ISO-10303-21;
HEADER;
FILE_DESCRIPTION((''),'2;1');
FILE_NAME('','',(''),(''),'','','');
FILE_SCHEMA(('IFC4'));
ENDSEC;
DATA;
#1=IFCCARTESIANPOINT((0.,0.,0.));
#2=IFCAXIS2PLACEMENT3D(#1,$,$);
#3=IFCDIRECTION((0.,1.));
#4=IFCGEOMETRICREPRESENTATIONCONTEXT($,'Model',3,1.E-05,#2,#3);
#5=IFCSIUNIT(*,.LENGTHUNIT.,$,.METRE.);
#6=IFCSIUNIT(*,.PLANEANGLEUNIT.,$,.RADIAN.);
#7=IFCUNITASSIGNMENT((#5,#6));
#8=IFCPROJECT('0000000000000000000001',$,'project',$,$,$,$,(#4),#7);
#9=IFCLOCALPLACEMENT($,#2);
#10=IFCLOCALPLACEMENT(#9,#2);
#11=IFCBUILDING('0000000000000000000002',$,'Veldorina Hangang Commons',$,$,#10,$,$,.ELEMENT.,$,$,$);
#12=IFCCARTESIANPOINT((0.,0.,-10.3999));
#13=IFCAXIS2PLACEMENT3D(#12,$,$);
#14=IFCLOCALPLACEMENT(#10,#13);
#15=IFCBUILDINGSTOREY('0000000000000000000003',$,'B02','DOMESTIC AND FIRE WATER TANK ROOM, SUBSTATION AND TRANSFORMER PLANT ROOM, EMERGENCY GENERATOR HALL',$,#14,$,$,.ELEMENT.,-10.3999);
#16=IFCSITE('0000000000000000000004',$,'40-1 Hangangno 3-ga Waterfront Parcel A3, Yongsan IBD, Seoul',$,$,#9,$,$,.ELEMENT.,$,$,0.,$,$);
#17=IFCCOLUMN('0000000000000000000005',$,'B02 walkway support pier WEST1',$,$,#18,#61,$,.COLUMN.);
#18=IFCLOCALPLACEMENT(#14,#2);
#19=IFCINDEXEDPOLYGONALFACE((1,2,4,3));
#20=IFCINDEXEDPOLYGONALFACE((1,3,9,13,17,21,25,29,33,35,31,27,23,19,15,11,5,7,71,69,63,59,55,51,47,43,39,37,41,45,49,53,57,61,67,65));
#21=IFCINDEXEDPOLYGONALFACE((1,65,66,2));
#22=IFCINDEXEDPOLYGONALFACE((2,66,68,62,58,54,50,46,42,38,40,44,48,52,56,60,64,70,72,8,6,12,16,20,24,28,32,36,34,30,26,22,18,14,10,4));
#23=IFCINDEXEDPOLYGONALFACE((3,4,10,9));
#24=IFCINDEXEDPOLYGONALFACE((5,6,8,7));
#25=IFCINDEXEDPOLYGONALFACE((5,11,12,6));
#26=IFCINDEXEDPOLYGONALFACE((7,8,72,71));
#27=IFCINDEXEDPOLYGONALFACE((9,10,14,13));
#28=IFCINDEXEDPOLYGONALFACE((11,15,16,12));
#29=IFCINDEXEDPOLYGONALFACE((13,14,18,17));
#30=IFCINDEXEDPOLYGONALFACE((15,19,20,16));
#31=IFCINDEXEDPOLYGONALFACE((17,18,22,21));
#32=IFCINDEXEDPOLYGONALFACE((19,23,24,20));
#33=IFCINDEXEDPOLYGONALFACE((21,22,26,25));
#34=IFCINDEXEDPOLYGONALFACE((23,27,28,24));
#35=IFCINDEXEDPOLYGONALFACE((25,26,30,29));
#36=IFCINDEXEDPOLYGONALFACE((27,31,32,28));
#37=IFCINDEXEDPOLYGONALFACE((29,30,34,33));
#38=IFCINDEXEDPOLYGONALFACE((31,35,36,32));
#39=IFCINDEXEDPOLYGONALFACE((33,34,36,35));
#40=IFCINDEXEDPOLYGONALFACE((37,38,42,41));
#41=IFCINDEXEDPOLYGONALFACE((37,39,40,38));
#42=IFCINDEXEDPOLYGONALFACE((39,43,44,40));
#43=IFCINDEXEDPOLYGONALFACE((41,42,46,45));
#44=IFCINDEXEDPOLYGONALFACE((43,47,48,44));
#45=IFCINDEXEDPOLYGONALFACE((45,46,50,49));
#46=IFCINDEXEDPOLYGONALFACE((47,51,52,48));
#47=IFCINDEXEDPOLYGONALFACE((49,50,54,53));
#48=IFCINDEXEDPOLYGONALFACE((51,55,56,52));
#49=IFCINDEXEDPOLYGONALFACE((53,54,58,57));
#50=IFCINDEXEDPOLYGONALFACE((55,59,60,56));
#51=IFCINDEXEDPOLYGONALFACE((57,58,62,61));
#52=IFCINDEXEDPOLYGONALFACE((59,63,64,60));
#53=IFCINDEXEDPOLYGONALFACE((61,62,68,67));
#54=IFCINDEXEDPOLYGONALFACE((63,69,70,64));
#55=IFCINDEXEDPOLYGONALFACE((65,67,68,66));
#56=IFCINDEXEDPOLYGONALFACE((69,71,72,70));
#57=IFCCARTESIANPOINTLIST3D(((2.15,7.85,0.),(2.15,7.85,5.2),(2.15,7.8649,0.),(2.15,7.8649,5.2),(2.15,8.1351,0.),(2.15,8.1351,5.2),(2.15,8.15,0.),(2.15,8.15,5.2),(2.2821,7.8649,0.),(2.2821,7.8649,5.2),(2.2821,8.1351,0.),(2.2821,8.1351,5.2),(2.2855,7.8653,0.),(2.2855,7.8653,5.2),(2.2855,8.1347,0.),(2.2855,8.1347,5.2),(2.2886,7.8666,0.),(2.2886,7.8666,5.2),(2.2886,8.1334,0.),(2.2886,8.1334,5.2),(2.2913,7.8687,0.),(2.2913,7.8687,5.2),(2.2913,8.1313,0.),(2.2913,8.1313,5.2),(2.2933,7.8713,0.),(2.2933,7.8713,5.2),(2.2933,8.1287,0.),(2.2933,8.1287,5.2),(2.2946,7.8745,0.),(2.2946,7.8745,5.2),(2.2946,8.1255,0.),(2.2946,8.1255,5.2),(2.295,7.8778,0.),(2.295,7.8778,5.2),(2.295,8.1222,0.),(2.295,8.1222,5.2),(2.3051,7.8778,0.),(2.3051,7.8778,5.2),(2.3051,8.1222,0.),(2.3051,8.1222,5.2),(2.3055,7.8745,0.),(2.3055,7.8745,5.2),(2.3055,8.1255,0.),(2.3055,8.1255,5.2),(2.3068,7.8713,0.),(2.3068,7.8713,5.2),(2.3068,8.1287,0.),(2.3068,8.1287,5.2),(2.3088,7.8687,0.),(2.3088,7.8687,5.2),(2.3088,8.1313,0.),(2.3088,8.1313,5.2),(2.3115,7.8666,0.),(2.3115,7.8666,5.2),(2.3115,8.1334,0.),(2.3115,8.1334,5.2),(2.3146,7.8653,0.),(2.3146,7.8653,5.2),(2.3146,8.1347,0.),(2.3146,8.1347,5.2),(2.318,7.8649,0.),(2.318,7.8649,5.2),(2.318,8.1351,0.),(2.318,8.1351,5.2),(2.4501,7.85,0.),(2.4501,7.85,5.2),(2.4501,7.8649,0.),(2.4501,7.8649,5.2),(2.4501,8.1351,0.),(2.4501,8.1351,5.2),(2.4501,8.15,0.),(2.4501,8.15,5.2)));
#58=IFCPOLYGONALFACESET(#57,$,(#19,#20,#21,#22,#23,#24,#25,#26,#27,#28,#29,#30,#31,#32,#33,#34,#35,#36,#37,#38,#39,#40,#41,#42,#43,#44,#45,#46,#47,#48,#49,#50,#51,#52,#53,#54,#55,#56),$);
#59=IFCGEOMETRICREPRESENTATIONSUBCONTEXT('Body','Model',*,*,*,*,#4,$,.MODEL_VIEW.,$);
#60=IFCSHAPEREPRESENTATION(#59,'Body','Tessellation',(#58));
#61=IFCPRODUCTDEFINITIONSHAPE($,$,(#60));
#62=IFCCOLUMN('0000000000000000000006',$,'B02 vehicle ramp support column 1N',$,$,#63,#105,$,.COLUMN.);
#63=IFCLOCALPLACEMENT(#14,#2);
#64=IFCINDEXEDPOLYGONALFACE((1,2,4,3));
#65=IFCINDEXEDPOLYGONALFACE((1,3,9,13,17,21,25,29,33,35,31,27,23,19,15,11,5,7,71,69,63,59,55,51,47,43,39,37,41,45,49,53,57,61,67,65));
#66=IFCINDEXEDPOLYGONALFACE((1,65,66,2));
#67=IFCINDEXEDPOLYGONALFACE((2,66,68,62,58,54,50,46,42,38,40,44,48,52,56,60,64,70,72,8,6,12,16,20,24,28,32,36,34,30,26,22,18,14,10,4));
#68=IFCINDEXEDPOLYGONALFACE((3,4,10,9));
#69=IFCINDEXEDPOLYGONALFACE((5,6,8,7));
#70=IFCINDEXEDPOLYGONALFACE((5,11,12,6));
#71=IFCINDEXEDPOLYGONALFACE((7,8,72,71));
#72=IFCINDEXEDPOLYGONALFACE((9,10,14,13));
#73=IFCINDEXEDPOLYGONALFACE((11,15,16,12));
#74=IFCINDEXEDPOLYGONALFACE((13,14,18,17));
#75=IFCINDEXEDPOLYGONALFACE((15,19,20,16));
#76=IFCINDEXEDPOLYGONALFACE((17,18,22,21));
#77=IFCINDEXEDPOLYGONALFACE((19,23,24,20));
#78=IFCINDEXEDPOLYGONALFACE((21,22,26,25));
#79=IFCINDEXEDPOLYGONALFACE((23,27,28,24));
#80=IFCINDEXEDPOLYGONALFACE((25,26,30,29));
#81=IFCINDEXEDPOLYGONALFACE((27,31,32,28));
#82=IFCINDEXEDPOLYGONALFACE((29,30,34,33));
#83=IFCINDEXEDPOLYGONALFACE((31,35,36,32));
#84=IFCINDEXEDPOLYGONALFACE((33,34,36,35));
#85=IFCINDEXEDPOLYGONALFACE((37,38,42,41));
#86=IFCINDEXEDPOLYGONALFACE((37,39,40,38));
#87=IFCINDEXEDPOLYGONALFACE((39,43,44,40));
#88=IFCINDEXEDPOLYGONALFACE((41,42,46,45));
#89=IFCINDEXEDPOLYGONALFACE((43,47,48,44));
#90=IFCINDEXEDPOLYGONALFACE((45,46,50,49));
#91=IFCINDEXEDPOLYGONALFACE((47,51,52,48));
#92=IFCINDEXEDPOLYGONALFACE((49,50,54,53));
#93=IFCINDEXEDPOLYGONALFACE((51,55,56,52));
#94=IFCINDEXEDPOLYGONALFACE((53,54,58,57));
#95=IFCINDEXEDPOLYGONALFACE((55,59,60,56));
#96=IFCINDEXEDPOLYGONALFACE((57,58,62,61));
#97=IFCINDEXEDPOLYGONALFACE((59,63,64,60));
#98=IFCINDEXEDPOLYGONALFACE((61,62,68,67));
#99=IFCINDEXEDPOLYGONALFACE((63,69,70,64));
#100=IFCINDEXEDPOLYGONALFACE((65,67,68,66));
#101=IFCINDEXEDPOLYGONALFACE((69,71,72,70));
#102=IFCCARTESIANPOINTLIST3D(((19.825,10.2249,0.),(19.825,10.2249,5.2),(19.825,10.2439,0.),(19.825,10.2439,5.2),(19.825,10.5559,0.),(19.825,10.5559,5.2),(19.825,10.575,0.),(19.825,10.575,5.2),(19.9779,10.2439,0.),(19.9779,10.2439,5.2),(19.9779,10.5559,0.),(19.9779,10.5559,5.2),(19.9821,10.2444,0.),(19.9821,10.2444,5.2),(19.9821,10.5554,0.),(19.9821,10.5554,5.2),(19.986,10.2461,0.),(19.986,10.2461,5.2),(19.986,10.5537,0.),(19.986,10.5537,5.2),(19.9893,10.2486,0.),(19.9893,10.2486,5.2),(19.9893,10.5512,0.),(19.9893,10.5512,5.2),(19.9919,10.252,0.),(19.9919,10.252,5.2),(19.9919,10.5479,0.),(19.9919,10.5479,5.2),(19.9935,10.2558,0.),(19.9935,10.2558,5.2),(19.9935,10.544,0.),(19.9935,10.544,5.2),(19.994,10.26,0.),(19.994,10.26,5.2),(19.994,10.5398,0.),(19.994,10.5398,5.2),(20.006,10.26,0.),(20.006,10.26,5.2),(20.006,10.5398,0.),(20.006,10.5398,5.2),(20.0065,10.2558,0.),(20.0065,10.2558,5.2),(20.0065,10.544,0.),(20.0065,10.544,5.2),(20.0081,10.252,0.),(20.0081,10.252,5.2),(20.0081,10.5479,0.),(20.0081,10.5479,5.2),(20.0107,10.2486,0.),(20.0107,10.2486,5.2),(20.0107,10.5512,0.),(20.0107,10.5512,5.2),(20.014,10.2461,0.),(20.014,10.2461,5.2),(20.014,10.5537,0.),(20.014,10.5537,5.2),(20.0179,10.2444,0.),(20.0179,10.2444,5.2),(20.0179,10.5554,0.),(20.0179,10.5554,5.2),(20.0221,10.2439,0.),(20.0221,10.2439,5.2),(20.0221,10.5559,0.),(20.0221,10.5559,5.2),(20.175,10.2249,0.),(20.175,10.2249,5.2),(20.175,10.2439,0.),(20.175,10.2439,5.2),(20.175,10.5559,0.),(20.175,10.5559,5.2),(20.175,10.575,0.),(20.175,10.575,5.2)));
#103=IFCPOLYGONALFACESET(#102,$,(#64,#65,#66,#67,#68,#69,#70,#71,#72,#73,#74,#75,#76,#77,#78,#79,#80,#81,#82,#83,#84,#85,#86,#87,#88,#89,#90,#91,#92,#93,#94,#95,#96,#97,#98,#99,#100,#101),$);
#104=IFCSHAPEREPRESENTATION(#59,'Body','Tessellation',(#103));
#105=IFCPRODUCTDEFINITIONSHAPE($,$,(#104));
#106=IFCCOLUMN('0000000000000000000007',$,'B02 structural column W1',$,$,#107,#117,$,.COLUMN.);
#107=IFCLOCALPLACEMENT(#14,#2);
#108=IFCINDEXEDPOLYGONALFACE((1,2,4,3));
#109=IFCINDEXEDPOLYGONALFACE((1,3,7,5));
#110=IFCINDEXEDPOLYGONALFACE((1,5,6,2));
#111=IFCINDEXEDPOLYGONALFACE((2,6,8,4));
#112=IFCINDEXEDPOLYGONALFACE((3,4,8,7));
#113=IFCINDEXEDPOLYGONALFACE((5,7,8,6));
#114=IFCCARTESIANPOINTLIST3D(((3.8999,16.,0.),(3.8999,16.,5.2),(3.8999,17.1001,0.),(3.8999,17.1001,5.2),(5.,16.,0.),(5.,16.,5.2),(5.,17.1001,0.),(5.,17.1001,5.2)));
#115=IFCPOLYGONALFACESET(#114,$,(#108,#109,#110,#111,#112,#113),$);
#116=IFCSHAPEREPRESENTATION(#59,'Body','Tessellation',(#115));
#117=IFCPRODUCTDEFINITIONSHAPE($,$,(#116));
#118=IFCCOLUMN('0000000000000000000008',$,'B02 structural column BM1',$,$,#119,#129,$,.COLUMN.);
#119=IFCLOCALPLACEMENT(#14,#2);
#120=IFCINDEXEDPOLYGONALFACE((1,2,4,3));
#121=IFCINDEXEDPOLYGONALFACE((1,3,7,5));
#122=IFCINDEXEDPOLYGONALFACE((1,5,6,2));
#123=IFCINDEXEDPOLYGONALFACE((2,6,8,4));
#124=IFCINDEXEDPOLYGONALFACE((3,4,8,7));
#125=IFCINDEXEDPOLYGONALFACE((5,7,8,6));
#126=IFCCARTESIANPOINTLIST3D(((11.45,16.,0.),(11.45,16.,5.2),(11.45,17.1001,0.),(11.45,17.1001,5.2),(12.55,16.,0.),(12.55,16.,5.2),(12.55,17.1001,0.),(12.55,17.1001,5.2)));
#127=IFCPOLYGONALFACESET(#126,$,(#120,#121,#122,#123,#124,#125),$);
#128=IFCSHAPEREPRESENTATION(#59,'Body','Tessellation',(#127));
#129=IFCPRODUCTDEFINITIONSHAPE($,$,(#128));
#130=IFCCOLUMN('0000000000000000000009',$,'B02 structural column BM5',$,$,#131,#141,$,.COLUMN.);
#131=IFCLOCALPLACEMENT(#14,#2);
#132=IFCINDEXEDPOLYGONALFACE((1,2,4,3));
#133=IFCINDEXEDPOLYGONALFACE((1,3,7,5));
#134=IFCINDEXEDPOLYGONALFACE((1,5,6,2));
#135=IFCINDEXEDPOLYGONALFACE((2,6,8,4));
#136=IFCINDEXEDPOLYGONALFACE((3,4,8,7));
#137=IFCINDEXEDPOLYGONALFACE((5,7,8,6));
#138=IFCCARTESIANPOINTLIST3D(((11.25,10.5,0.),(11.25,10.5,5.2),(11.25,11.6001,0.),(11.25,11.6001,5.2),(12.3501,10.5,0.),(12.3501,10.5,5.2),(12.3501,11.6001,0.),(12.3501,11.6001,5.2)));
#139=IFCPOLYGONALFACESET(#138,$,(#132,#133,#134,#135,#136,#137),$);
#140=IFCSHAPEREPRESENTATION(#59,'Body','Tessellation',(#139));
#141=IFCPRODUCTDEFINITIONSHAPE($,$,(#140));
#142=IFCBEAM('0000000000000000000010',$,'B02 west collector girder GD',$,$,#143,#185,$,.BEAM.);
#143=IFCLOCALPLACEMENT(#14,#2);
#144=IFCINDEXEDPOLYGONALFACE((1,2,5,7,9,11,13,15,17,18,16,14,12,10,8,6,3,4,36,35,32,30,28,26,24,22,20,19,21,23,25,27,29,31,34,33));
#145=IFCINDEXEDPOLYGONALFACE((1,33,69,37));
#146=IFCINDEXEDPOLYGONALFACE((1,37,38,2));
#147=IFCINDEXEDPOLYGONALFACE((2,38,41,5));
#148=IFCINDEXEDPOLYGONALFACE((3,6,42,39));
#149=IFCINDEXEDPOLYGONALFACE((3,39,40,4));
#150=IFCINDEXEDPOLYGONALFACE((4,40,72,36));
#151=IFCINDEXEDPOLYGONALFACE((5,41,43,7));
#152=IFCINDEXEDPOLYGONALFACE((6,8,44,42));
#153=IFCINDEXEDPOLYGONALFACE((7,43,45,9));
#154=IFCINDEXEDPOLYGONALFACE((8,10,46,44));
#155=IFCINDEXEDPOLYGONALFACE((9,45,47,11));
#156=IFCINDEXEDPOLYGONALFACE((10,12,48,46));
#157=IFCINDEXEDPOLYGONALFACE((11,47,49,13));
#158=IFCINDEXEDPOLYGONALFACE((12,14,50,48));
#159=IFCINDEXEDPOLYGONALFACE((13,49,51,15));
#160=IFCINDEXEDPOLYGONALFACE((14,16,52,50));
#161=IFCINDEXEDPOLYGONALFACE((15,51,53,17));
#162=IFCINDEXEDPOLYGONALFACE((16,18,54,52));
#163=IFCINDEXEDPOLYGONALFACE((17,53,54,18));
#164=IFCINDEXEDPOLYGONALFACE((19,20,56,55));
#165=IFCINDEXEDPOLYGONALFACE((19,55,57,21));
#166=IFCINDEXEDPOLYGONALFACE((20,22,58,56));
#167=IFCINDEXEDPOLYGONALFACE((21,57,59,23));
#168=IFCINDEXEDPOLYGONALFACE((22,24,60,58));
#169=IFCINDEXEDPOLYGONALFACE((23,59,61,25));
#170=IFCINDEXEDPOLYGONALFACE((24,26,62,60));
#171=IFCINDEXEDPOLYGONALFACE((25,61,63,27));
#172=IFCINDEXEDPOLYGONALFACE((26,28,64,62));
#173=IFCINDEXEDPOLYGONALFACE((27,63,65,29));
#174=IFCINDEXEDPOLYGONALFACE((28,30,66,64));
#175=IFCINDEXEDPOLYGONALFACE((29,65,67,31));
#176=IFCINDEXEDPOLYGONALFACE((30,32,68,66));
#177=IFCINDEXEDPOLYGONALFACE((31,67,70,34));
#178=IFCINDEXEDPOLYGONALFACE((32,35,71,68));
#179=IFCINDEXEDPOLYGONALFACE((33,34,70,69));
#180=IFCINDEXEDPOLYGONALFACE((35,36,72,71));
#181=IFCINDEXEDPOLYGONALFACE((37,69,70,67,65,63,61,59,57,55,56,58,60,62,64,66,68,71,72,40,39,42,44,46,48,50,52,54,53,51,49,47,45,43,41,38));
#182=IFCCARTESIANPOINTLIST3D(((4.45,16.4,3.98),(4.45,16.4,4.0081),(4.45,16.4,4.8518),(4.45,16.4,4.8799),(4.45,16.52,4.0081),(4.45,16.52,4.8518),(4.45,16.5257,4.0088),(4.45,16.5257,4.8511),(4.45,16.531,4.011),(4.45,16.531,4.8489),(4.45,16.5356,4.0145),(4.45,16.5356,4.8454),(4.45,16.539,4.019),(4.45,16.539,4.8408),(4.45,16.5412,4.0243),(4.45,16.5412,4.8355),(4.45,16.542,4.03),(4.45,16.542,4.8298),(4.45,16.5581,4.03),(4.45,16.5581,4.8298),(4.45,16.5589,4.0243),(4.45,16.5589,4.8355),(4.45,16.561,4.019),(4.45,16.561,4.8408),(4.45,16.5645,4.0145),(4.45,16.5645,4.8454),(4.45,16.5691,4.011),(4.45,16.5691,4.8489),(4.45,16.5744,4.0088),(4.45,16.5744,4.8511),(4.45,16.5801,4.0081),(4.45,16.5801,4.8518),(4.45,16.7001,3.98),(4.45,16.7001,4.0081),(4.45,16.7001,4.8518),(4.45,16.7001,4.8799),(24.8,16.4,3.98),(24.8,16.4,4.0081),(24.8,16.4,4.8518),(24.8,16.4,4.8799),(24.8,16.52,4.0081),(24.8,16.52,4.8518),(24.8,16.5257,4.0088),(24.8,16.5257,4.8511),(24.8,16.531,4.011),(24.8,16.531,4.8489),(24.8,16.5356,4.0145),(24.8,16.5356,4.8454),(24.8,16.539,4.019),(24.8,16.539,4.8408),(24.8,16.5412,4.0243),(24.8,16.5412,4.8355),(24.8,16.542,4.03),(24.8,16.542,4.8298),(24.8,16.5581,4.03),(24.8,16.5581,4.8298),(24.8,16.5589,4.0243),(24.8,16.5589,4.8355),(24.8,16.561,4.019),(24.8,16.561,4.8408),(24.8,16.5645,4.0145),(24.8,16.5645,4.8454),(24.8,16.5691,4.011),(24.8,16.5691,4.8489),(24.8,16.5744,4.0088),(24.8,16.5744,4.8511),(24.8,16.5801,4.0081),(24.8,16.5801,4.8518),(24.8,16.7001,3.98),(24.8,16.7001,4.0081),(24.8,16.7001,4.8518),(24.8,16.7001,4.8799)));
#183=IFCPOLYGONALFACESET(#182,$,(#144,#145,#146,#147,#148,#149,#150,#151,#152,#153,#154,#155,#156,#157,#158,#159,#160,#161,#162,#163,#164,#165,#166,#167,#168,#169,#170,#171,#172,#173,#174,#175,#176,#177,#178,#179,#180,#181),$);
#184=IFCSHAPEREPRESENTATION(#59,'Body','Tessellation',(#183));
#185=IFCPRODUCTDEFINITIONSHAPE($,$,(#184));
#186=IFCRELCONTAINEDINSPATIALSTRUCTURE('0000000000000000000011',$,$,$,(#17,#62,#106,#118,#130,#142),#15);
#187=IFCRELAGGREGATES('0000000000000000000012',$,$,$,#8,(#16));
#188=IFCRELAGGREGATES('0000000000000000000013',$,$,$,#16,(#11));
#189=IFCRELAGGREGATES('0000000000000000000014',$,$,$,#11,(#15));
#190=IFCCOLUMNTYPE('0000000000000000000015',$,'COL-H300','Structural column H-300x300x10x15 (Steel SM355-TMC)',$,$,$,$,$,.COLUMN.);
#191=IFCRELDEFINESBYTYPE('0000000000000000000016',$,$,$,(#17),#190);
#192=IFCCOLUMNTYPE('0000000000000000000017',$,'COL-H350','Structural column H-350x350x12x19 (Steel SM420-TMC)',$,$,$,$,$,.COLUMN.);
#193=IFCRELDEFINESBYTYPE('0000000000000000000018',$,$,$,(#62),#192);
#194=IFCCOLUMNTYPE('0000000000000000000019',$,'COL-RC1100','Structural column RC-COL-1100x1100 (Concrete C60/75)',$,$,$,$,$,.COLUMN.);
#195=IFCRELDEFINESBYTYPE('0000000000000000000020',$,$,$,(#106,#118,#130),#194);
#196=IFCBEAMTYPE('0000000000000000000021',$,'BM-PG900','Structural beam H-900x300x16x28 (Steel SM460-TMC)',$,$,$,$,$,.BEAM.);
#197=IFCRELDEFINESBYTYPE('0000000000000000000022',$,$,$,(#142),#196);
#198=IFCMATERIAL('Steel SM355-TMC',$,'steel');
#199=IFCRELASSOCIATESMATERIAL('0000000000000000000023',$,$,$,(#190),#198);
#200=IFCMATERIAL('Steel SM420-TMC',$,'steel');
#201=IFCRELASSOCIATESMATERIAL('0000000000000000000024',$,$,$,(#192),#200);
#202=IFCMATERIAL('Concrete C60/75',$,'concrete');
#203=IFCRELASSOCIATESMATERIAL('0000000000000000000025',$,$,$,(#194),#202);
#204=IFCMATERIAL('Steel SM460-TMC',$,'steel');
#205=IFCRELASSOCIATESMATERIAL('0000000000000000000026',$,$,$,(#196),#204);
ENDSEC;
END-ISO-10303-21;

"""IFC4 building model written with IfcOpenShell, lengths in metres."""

from ifc_helpers import new_model, si_unit, direction, frame, origin, origin_2d, place, context, subcontext, project, spatial, rectangle, i_section, extrude, material, material_profile, profile_set, type_object, element, save


model = new_model("IFC4")

# Units and contexts
model_context = context("Model", 3, precision=1e-05, world=origin(), true_north=direction((0.0, 1.0)))
body_context = subcontext(model_context, "Body", "Model", "MODEL_VIEW")
ifc_project = project(units=[si_unit("LENGTHUNIT", "METRE"), si_unit("PLANEANGLEUNIT", "RADIAN")], contexts=[model_context])

# Site, building, storey
site_placement = place(None, origin())
site = spatial("IfcSite", under=ifc_project, at=site_placement, Name="40-1 Hangangno 3-ga Waterfront Parcel A3, Yongsan IBD, Seoul", CompositionType="ELEMENT", RefElevation=0.0)
building_placement = place(site_placement, origin())
building = spatial("IfcBuilding", under=site, at=building_placement, Name="Veldorina Hangang Commons", CompositionType="ELEMENT")
storey_placement = place(building_placement, frame((0.0, 0.0, -10.3999)))
storey = spatial("IfcBuildingStorey", under=building, at=storey_placement, Name="B02", Description="DOMESTIC AND FIRE WATER TANK ROOM, SUBSTATION AND TRANSFORMER PLANT ROOM, EMERGENCY GENERATOR HALL", CompositionType="ELEMENT", Elevation=-10.3999)

# Columns
ifc_material_1 = material(Name="Steel SM355-TMC", Category="steel")
ifc_material_profile_1 = material_profile(ifc_material_1, i_section(OverallWidth=0.3, OverallDepth=0.3, WebThickness=0.01, FlangeThickness=0.0149, FilletRadius=0.0129, at=origin_2d()), Name="H-300x300x10x15")
ifc_profile_set_1 = profile_set([ifc_material_profile_1], Name="Steel SM355-TMC")
column_type_1 = type_object("IfcColumnType", Name="COL-H300", Description="Structural column H-300x300x10x15 (Steel SM355-TMC)", PredefinedType="COLUMN", material=ifc_profile_set_1)
column_1_placement = place(storey_placement, frame((2.3, 8.0, 0.0), z_axis=(0.0, 0.0, 1.0), x_axis=(1.0, 0.0, 0.0)))
element("IfcColumn", 1, at=column_1_placement, inside=storey, type_object=column_type_1, Name="B02 walkway support pier WEST1", PredefinedType="COLUMN", context=body_context, shape_type="SweptSolid", body=[
    extrude(i_section(OverallWidth=0.3, OverallDepth=0.3, WebThickness=0.01, FlangeThickness=0.0149, FilletRadius=0.0129, at=origin_2d()), origin(), (0.0, 0.0, 1.0), 5.2),
])
ifc_material_2 = material(Name="Steel SM420-TMC", Category="steel")
ifc_material_profile_2 = material_profile(ifc_material_2, i_section(OverallWidth=0.3501, OverallDepth=0.3501, WebThickness=0.012, FlangeThickness=0.019, FilletRadius=0.0161, at=origin_2d()), Name="H-350x350x12x19")
ifc_profile_set_2 = profile_set([ifc_material_profile_2], Name="Steel SM420-TMC")
column_type_2 = type_object("IfcColumnType", Name="COL-H350", Description="Structural column H-350x350x12x19 (Steel SM420-TMC)", PredefinedType="COLUMN", material=ifc_profile_set_2)
column_2_placement = place(storey_placement, frame((20.0, 10.3999, 0.0), z_axis=(0.0, 0.0, 1.0), x_axis=(1.0, 0.0, 0.0)))
element("IfcColumn", 2, at=column_2_placement, inside=storey, type_object=column_type_2, Name="B02 vehicle ramp support column 1N", PredefinedType="COLUMN", context=body_context, shape_type="SweptSolid", body=[
    extrude(i_section(OverallWidth=0.3501, OverallDepth=0.3501, WebThickness=0.012, FlangeThickness=0.019, FilletRadius=0.0161, at=origin_2d()), origin(), (0.0, 0.0, 1.0), 5.2),
])
ifc_material_3 = material(Name="Concrete C60/75", Category="concrete")
ifc_material_profile_3 = material_profile(ifc_material_3, rectangle(XDim=1.1001, YDim=1.1001, at=origin_2d()), Name="RC-COL-1100x1100")
ifc_profile_set_3 = profile_set([ifc_material_profile_3], Name="Concrete C60/75")
column_type_3 = type_object("IfcColumnType", Name="COL-RC1100", Description="Structural column RC-COL-1100x1100 (Concrete C60/75)", PredefinedType="COLUMN", material=ifc_profile_set_3)
for number, where, z_axis, x_axis, name in (
    (3, (4.45, 16.55, 0.0), (0.0, 0.0, 1.0), (1.0, 0.0, 0.0), "B02 structural column W1"),
    (4, (12.0, 16.55, 0.0), (0.0, 0.0, 1.0), (1.0, 0.0, 0.0), "B02 structural column BM1"),
    (5, (11.8, 11.05, 0.0), (0.0, 0.0, 1.0), (1.0, 0.0, 0.0), "B02 structural column BM5"),
):
    element("IfcColumn", number, at=place(storey_placement, frame(where, z_axis=z_axis, x_axis=x_axis)), inside=storey, type_object=column_type_3, Name=name, PredefinedType="COLUMN", context=body_context, shape_type="SweptSolid", body=[
        extrude(rectangle(XDim=1.1001, YDim=1.1001, at=origin_2d()), origin(), (0.0, 0.0, 1.0), 5.2),
    ])

# Beam
ifc_material_4 = material(Name="Steel SM460-TMC", Category="steel")
ifc_material_profile_4 = material_profile(ifc_material_4, i_section(OverallWidth=0.3, OverallDepth=0.8999, WebThickness=0.0161, FlangeThickness=0.0281, FilletRadius=0.022, at=origin_2d()), Name="H-900x300x16x28")
ifc_profile_set_4 = profile_set([ifc_material_profile_4], Name="Steel SM460-TMC")
beam_type_1 = type_object("IfcBeamType", Name="BM-PG900", Description="Structural beam H-900x300x16x28 (Steel SM460-TMC)", PredefinedType="BEAM", material=ifc_profile_set_4)
beam_1_placement = place(storey_placement, frame((4.45, 16.55, 4.4299), z_axis=(1.0, 0.0, 0.0), x_axis=(0.0, 1.0, 0.0)))
element("IfcBeam", 6, at=beam_1_placement, inside=storey, type_object=beam_type_1, Name="B02 west collector girder GD", PredefinedType="BEAM", context=body_context, shape_type="SweptSolid", body=[
    extrude(i_section(OverallWidth=0.3, OverallDepth=0.8999, WebThickness=0.0161, FlangeThickness=0.0281, FilletRadius=0.022, at=origin_2d()), origin(), (0.0, 0.0, 1.0), 20.3501),
])

save(model, "model.ifc")
